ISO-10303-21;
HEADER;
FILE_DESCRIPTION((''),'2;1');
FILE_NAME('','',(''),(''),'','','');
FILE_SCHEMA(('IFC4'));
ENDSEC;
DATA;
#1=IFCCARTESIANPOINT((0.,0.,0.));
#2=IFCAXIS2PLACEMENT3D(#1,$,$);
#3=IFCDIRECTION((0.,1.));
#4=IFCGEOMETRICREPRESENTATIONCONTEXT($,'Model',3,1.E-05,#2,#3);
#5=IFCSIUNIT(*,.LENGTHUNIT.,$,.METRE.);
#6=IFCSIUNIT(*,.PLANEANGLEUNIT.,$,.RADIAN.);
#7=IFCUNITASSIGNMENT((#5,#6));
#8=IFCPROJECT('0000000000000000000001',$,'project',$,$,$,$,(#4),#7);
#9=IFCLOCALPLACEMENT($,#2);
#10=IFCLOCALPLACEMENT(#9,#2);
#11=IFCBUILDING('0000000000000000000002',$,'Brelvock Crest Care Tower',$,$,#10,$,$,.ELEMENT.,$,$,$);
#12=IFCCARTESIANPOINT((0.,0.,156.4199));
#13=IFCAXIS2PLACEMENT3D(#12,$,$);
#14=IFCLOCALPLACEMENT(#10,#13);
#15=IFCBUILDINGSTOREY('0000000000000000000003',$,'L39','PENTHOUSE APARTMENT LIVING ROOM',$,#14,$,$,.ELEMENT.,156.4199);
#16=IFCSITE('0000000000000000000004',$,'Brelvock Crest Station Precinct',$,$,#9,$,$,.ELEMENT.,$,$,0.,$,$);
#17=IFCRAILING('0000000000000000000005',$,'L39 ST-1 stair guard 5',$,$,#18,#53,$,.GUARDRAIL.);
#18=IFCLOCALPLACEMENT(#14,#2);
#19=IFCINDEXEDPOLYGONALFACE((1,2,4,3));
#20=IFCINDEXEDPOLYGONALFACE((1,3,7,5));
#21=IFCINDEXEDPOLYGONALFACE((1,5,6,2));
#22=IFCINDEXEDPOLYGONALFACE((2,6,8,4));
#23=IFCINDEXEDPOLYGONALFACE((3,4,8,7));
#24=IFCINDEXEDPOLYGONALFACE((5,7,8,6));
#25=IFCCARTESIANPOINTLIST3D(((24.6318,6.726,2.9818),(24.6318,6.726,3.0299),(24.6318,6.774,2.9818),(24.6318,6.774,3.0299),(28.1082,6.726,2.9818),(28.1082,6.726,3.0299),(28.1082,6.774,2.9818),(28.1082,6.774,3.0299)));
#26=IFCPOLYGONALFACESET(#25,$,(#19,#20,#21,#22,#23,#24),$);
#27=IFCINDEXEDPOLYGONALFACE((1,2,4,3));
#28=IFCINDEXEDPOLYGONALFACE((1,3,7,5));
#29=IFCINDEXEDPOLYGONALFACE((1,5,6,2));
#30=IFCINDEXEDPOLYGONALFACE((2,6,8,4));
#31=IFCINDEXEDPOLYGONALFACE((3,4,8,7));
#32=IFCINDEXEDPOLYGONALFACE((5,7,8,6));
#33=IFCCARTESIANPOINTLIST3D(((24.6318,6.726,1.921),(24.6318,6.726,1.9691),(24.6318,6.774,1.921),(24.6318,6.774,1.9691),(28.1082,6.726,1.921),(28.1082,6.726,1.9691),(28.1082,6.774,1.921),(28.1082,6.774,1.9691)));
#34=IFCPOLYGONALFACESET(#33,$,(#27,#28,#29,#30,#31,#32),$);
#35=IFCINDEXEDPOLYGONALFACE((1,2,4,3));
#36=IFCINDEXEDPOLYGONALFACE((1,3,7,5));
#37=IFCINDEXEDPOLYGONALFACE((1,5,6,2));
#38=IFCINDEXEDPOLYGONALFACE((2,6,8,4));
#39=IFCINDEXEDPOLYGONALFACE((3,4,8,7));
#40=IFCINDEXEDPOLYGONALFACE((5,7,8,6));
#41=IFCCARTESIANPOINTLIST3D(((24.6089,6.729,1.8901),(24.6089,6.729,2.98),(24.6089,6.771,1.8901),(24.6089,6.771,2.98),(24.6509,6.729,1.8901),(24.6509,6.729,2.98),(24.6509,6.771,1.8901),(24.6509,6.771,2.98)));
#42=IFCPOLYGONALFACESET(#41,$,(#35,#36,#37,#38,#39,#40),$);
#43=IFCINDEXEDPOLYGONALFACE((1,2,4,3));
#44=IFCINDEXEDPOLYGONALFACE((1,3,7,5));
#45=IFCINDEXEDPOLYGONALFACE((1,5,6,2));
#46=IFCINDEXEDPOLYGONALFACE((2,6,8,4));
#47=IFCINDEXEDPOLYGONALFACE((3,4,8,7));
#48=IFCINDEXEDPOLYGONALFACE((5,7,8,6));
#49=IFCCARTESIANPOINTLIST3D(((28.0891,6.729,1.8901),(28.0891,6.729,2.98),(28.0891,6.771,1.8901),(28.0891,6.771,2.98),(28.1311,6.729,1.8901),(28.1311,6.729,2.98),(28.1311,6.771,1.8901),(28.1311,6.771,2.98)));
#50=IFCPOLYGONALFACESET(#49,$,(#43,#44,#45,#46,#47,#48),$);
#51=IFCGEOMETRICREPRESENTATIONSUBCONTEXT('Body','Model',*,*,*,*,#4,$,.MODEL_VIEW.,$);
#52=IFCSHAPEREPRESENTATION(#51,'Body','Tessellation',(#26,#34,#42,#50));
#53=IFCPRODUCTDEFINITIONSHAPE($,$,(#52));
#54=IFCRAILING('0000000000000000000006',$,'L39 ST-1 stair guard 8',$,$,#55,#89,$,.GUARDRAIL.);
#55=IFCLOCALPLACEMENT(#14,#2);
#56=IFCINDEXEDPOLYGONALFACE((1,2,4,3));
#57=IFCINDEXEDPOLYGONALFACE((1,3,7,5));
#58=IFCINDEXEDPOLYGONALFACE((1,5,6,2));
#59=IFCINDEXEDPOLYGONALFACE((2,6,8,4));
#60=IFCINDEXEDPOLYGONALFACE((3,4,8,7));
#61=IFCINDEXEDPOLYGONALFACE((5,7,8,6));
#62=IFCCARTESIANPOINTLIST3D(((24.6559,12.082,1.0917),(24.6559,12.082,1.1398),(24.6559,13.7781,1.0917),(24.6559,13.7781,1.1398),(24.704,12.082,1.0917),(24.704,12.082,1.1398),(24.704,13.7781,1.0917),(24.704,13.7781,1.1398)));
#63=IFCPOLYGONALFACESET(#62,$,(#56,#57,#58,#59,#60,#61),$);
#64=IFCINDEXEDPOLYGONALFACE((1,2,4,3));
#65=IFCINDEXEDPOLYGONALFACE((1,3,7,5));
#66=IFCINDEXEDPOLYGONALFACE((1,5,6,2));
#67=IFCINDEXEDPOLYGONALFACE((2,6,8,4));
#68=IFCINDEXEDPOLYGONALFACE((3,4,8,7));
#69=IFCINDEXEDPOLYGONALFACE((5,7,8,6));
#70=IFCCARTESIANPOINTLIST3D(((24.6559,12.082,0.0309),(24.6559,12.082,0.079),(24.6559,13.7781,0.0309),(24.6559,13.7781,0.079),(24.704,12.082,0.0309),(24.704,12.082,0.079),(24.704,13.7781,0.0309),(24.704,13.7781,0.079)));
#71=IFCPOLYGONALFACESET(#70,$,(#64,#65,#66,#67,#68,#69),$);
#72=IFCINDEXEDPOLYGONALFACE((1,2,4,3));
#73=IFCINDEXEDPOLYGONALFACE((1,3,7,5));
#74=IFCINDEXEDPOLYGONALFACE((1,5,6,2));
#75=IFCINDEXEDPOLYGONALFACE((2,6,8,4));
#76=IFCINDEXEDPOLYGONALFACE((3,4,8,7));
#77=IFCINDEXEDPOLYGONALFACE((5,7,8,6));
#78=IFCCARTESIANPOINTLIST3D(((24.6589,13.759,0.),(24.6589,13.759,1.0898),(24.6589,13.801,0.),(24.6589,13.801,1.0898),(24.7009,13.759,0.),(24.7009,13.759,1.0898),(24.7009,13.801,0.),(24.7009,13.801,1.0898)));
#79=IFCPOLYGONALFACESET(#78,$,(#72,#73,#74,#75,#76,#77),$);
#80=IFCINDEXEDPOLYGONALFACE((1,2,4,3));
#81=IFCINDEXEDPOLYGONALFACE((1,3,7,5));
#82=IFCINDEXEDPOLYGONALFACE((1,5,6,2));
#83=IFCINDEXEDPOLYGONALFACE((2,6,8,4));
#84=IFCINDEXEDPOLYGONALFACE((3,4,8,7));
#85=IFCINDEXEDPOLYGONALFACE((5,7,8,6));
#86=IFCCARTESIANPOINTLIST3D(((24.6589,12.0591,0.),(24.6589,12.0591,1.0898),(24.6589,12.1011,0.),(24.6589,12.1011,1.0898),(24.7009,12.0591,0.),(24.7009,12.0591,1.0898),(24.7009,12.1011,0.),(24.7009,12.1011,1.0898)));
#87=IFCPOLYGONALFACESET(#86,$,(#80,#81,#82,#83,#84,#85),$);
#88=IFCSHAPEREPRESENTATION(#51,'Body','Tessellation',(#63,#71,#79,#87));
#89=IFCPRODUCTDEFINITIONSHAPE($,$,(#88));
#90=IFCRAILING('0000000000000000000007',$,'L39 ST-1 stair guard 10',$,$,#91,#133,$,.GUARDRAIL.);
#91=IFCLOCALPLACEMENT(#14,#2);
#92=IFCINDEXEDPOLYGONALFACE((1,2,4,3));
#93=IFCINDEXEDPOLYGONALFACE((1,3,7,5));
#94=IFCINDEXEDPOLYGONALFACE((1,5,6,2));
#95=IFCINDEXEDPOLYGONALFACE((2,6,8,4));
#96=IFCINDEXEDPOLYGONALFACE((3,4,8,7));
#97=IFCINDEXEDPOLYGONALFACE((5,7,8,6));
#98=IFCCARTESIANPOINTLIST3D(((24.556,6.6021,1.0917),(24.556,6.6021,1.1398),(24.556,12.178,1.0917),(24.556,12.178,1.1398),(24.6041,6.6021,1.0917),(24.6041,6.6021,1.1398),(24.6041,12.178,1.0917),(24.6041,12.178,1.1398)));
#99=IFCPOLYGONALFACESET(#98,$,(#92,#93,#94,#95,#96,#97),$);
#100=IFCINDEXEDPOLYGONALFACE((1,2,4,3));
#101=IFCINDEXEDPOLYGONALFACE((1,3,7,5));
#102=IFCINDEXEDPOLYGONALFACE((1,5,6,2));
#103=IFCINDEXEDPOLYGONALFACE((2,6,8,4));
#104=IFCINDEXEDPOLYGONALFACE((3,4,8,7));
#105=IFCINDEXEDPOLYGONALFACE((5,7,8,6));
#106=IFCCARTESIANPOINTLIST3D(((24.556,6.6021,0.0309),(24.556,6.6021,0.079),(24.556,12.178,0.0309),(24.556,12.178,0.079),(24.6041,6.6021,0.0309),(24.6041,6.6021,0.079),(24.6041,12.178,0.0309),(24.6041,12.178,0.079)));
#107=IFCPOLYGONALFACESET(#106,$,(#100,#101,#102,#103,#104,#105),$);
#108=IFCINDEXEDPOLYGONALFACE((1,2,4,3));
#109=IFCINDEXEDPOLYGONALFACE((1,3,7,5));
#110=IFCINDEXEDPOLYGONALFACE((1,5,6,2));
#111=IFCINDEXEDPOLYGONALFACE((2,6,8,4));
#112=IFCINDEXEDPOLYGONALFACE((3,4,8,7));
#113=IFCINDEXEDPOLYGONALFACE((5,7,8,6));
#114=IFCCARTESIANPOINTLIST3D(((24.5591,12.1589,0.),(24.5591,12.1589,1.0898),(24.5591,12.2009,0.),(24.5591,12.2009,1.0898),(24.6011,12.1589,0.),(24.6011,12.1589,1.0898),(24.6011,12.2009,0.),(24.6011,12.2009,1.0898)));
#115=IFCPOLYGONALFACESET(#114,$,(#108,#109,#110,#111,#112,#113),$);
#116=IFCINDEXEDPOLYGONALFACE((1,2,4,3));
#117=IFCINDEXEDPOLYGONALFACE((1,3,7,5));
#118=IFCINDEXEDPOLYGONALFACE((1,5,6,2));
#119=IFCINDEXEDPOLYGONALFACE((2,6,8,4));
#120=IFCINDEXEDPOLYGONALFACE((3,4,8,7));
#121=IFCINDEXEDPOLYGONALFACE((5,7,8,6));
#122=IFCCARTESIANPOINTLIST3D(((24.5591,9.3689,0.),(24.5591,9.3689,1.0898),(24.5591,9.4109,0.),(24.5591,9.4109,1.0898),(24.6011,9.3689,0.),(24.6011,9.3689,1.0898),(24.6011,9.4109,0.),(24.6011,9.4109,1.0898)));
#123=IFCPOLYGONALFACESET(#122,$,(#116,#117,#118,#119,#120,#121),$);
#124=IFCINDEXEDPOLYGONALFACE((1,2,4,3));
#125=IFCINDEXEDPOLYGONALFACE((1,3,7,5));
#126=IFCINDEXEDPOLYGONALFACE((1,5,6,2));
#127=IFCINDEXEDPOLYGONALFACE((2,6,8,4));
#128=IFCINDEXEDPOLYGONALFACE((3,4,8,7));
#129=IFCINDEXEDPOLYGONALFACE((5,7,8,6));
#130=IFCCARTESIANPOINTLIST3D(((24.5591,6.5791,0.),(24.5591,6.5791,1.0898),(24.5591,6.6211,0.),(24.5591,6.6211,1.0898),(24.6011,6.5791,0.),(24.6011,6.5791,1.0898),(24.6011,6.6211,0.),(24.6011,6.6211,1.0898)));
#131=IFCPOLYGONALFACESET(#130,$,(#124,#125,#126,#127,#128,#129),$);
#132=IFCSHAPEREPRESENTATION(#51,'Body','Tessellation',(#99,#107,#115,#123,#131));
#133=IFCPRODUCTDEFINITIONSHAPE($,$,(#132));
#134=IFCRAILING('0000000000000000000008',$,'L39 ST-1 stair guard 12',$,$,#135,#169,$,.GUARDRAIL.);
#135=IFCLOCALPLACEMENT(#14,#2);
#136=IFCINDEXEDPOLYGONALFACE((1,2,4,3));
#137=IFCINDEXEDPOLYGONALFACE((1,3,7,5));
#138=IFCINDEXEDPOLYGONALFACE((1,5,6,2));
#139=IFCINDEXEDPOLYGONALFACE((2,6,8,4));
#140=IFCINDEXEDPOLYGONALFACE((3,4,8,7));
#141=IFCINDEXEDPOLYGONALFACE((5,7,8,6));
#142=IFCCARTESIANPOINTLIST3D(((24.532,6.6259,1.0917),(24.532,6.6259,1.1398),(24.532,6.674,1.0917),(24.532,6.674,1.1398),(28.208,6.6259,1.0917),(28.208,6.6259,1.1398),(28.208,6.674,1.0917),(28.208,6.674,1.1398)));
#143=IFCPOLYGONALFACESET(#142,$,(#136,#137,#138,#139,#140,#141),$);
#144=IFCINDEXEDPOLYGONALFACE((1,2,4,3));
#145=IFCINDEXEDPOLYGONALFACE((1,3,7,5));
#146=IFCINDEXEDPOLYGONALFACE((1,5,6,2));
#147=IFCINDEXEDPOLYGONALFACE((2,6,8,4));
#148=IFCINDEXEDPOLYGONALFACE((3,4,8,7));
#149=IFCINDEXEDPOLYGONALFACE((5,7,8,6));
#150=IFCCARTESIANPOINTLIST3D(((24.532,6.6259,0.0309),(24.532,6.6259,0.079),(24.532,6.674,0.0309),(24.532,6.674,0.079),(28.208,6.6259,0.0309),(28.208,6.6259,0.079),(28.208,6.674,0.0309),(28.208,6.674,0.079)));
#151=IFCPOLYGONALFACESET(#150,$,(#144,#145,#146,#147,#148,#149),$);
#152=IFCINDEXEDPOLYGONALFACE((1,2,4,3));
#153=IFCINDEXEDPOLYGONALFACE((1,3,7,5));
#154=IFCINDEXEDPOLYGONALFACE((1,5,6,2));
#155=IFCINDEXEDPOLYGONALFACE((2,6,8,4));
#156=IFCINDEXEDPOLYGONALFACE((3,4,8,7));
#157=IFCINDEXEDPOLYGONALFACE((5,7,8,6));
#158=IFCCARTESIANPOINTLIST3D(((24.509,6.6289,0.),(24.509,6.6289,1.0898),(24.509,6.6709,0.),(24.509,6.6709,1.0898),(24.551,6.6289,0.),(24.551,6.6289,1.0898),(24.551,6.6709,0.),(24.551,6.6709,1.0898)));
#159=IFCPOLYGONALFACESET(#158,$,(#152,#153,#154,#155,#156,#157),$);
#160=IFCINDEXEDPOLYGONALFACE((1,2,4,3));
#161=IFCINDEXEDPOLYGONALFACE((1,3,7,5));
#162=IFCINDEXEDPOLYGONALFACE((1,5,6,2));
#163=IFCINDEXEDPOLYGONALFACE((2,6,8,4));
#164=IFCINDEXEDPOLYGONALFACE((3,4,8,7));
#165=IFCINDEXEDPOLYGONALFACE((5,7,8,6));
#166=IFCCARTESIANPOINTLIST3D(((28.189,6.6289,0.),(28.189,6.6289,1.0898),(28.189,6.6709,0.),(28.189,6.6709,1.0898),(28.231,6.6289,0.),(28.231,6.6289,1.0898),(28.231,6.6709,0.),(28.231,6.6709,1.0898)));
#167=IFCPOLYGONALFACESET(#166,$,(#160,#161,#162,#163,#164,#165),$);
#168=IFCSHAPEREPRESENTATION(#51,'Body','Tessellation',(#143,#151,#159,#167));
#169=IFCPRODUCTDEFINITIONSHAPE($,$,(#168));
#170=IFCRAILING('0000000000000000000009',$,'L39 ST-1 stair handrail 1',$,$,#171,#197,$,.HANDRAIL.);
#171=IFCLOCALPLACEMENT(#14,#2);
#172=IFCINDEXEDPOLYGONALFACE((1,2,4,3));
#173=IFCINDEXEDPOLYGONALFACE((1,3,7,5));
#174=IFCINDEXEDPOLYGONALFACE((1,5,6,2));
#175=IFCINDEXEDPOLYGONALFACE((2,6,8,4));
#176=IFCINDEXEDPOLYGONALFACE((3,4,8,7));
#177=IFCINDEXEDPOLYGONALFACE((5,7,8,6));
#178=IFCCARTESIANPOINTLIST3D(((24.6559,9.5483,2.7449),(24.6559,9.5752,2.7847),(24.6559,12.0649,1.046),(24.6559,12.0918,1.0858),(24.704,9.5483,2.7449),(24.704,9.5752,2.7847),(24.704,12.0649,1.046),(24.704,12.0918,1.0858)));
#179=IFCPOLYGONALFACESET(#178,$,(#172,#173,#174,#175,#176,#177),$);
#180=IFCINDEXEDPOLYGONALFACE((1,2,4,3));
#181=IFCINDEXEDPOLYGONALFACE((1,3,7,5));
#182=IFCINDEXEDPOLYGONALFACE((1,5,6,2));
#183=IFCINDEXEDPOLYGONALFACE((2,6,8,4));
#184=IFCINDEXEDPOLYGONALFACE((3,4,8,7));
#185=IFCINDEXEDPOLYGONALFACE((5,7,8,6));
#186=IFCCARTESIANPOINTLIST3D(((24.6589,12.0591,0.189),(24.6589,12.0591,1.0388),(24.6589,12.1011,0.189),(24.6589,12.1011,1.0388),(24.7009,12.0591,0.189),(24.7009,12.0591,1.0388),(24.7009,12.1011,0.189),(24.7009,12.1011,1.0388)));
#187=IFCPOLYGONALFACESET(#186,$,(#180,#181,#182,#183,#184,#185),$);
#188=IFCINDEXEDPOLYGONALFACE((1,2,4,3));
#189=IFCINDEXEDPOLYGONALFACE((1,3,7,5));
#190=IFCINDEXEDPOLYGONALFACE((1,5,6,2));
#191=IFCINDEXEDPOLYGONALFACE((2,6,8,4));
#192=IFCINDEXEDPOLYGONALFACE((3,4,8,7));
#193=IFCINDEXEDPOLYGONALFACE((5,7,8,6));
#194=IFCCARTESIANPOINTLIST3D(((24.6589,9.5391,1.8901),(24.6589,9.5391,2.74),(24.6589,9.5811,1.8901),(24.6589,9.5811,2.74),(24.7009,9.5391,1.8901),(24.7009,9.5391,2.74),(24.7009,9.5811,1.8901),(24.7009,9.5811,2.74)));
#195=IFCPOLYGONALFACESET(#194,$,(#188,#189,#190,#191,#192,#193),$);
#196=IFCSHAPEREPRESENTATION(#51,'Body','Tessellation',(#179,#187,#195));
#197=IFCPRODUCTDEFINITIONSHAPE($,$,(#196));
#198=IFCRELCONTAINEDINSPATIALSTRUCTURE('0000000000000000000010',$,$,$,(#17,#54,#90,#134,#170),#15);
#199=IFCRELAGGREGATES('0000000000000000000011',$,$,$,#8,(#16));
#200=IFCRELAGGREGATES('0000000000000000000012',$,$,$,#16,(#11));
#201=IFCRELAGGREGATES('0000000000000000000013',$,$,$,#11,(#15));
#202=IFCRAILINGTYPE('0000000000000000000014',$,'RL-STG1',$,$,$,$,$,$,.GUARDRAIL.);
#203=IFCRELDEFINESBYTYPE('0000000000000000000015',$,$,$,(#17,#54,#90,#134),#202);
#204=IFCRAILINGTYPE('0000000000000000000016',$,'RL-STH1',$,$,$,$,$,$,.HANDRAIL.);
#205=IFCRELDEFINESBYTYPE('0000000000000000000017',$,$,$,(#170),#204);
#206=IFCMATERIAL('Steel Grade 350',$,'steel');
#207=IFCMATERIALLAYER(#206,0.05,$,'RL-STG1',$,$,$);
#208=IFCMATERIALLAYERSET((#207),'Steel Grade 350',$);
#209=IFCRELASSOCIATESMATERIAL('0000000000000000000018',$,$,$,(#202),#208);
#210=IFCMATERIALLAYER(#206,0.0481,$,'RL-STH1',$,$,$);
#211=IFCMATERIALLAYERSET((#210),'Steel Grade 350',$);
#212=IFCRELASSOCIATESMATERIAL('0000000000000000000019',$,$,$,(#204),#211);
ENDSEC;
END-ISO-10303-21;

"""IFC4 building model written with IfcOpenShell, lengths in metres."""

from ifc_helpers import new_model, si_unit, direction, frame, origin, origin_2d, place, context, subcontext, project, spatial, rectangle, extrude, material, layer, layer_set, type_object, element, save


model = new_model("IFC4")

# Units and contexts
model_context = context("Model", 3, precision=1e-05, world=origin(), true_north=direction((0.0, 1.0)))
body_context = subcontext(model_context, "Body", "Model", "MODEL_VIEW")
ifc_project = project(units=[si_unit("LENGTHUNIT", "METRE"), si_unit("PLANEANGLEUNIT", "RADIAN")], contexts=[model_context])

# Site, building, storey
site_placement = place(None, origin())
site = spatial("IfcSite", under=ifc_project, at=site_placement, Name="Brelvock Crest Station Precinct", CompositionType="ELEMENT", RefElevation=0.0)
building_placement = place(site_placement, origin())
building = spatial("IfcBuilding", under=site, at=building_placement, Name="Brelvock Crest Care Tower", CompositionType="ELEMENT")
storey_placement = place(building_placement, frame((0.0, 0.0, 156.4199)))
storey = spatial("IfcBuildingStorey", under=building, at=storey_placement, Name="L39", Description="PENTHOUSE APARTMENT LIVING ROOM", CompositionType="ELEMENT", Elevation=156.4199)

# Shared definitions
ifc_material_1 = material(Name="Steel Grade 350", Category="steel")

# Railings
ifc_layer_1 = layer(ifc_material_1, 0.05, Name="RL-STG1")
ifc_layer_set_1 = layer_set([ifc_layer_1], Name="Steel Grade 350")
railing_type_1 = type_object("IfcRailingType", Name="RL-STG1", PredefinedType="GUARDRAIL", material=ifc_layer_set_1)
railing_1_placement = place(storey_placement, frame((24.6299, 6.75, 1.8901)))
element("IfcRailing", 1, at=railing_1_placement, inside=storey, type_object=railing_type_1, Name="L39 ST-1 stair guard 5", PredefinedType="GUARDRAIL", context=body_context, shape_type="SweptSolid", body=[
    extrude(rectangle(XDim=0.0481, YDim=0.0481, at=origin_2d()), frame((0.002, 0.0, 1.1157), z_axis=(1.0, 0.0, 0.0), x_axis=(0.0, 1.0, 0.0)), (0.0, 0.0, 1.0), 3.4763),
    extrude(rectangle(XDim=0.0481, YDim=0.0481, at=origin_2d()), frame((0.002, 0.0, 0.0549), z_axis=(1.0, 0.0, 0.0), x_axis=(0.0, 1.0, 0.0)), (0.0, 0.0, 1.0), 3.4763),
    extrude(rectangle(XDim=0.042, YDim=0.042, at=origin_2d()), origin(), (0.0, 0.0, 1.0), 1.0898),
    extrude(rectangle(XDim=0.042, YDim=0.042, at=origin_2d()), frame((3.4802, 0.0, 0.0)), (0.0, 0.0, 1.0), 1.0898),
])
railing_2_placement = place(storey_placement, frame((24.6799, 13.78, 0.0)))
element("IfcRailing", 2, at=railing_2_placement, inside=storey, type_object=railing_type_1, Name="L39 ST-1 stair guard 8", PredefinedType="GUARDRAIL", context=body_context, shape_type="SweptSolid", body=[
    extrude(rectangle(XDim=0.0481, YDim=0.0481, at=origin_2d()), frame((0.0, -0.002, 1.1157), z_axis=(0.0, -1.0, 0.0), x_axis=(1.0, 0.0, 0.0)), (0.0, 0.0, 1.0), 1.696),
    extrude(rectangle(XDim=0.0481, YDim=0.0481, at=origin_2d()), frame((0.0, -0.002, 0.0549), z_axis=(0.0, -1.0, 0.0), x_axis=(1.0, 0.0, 0.0)), (0.0, 0.0, 1.0), 1.696),
    extrude(rectangle(XDim=0.042, YDim=0.042, at=origin_2d()), origin(), (0.0, 0.0, 1.0), 1.0898),
    extrude(rectangle(XDim=0.042, YDim=0.042, at=origin_2d()), frame((0.0, -1.7, 0.0)), (0.0, 0.0, 1.0), 1.0898),
])
railing_3_placement = place(storey_placement, frame((24.5801, 12.1799, 0.0)))
element("IfcRailing", 3, at=railing_3_placement, inside=storey, type_object=railing_type_1, Name="L39 ST-1 stair guard 10", PredefinedType="GUARDRAIL", context=body_context, shape_type="SweptSolid", body=[
    extrude(rectangle(XDim=0.0481, YDim=0.0481, at=origin_2d()), frame((0.0, -0.002, 1.1157), z_axis=(0.0, -1.0, 0.0), x_axis=(1.0, 0.0, 0.0)), (0.0, 0.0, 1.0), 5.5759),
    extrude(rectangle(XDim=0.0481, YDim=0.0481, at=origin_2d()), frame((0.0, -0.002, 0.0549), z_axis=(0.0, -1.0, 0.0), x_axis=(1.0, 0.0, 0.0)), (0.0, 0.0, 1.0), 5.5759),
    extrude(rectangle(XDim=0.042, YDim=0.042, at=origin_2d()), origin(), (0.0, 0.0, 1.0), 1.0898),
    extrude(rectangle(XDim=0.042, YDim=0.042, at=origin_2d()), frame((0.0, -2.79, 0.0)), (0.0, 0.0, 1.0), 1.0898),
    extrude(rectangle(XDim=0.042, YDim=0.042, at=origin_2d()), frame((0.0, -5.5798, 0.0)), (0.0, 0.0, 1.0), 1.0898),
])
railing_4_placement = place(storey_placement, frame((24.53, 6.6499, 0.0)))
element("IfcRailing", 4, at=railing_4_placement, inside=storey, type_object=railing_type_1, Name="L39 ST-1 stair guard 12", PredefinedType="GUARDRAIL", context=body_context, shape_type="SweptSolid", body=[
    extrude(rectangle(XDim=0.0481, YDim=0.0481, at=origin_2d()), frame((0.002, 0.0, 1.1157), z_axis=(1.0, 0.0, 0.0), x_axis=(0.0, 1.0, 0.0)), (0.0, 0.0, 1.0), 3.676),
    extrude(rectangle(XDim=0.0481, YDim=0.0481, at=origin_2d()), frame((0.002, 0.0, 0.0549), z_axis=(1.0, 0.0, 0.0), x_axis=(0.0, 1.0, 0.0)), (0.0, 0.0, 1.0), 3.676),
    extrude(rectangle(XDim=0.042, YDim=0.042, at=origin_2d()), origin(), (0.0, 0.0, 1.0), 1.0898),
    extrude(rectangle(XDim=0.042, YDim=0.042, at=origin_2d()), frame((3.6799, 0.0, 0.0)), (0.0, 0.0, 1.0), 1.0898),
])
ifc_layer_2 = layer(ifc_material_1, 0.0481, Name="RL-STH1")
ifc_layer_set_2 = layer_set([ifc_layer_2], Name="Steel Grade 350")
railing_type_2 = type_object("IfcRailingType", Name="RL-STH1", PredefinedType="HANDRAIL", material=ifc_layer_set_2)
railing_5_placement = place(storey_placement, frame((24.6799, 12.0801, 0.189)))
element("IfcRailing", 5, at=railing_5_placement, inside=storey, type_object=railing_type_2, Name="L39 ST-1 stair handrail 1", PredefinedType="HANDRAIL", context=body_context, shape_type="SweptSolid", body=[
    extrude(rectangle(XDim=0.0481, YDim=0.0481, at=origin_2d()), frame((0.0, -0.0017, 0.877), z_axis=(0.0, -0.828824, 0.559509), x_axis=(1.0, 0.0, 0.0)), (0.0, 0.0, 1.0), 3.0364),
    extrude(rectangle(XDim=0.042, YDim=0.042, at=origin_2d()), origin(), (0.0, 0.0, 1.0), 0.8499),
    extrude(rectangle(XDim=0.042, YDim=0.042, at=origin_2d()), frame((0.0, -2.52, 1.7012)), (0.0, 0.0, 1.0), 0.8499),
])

save(model, "model.ifc")
